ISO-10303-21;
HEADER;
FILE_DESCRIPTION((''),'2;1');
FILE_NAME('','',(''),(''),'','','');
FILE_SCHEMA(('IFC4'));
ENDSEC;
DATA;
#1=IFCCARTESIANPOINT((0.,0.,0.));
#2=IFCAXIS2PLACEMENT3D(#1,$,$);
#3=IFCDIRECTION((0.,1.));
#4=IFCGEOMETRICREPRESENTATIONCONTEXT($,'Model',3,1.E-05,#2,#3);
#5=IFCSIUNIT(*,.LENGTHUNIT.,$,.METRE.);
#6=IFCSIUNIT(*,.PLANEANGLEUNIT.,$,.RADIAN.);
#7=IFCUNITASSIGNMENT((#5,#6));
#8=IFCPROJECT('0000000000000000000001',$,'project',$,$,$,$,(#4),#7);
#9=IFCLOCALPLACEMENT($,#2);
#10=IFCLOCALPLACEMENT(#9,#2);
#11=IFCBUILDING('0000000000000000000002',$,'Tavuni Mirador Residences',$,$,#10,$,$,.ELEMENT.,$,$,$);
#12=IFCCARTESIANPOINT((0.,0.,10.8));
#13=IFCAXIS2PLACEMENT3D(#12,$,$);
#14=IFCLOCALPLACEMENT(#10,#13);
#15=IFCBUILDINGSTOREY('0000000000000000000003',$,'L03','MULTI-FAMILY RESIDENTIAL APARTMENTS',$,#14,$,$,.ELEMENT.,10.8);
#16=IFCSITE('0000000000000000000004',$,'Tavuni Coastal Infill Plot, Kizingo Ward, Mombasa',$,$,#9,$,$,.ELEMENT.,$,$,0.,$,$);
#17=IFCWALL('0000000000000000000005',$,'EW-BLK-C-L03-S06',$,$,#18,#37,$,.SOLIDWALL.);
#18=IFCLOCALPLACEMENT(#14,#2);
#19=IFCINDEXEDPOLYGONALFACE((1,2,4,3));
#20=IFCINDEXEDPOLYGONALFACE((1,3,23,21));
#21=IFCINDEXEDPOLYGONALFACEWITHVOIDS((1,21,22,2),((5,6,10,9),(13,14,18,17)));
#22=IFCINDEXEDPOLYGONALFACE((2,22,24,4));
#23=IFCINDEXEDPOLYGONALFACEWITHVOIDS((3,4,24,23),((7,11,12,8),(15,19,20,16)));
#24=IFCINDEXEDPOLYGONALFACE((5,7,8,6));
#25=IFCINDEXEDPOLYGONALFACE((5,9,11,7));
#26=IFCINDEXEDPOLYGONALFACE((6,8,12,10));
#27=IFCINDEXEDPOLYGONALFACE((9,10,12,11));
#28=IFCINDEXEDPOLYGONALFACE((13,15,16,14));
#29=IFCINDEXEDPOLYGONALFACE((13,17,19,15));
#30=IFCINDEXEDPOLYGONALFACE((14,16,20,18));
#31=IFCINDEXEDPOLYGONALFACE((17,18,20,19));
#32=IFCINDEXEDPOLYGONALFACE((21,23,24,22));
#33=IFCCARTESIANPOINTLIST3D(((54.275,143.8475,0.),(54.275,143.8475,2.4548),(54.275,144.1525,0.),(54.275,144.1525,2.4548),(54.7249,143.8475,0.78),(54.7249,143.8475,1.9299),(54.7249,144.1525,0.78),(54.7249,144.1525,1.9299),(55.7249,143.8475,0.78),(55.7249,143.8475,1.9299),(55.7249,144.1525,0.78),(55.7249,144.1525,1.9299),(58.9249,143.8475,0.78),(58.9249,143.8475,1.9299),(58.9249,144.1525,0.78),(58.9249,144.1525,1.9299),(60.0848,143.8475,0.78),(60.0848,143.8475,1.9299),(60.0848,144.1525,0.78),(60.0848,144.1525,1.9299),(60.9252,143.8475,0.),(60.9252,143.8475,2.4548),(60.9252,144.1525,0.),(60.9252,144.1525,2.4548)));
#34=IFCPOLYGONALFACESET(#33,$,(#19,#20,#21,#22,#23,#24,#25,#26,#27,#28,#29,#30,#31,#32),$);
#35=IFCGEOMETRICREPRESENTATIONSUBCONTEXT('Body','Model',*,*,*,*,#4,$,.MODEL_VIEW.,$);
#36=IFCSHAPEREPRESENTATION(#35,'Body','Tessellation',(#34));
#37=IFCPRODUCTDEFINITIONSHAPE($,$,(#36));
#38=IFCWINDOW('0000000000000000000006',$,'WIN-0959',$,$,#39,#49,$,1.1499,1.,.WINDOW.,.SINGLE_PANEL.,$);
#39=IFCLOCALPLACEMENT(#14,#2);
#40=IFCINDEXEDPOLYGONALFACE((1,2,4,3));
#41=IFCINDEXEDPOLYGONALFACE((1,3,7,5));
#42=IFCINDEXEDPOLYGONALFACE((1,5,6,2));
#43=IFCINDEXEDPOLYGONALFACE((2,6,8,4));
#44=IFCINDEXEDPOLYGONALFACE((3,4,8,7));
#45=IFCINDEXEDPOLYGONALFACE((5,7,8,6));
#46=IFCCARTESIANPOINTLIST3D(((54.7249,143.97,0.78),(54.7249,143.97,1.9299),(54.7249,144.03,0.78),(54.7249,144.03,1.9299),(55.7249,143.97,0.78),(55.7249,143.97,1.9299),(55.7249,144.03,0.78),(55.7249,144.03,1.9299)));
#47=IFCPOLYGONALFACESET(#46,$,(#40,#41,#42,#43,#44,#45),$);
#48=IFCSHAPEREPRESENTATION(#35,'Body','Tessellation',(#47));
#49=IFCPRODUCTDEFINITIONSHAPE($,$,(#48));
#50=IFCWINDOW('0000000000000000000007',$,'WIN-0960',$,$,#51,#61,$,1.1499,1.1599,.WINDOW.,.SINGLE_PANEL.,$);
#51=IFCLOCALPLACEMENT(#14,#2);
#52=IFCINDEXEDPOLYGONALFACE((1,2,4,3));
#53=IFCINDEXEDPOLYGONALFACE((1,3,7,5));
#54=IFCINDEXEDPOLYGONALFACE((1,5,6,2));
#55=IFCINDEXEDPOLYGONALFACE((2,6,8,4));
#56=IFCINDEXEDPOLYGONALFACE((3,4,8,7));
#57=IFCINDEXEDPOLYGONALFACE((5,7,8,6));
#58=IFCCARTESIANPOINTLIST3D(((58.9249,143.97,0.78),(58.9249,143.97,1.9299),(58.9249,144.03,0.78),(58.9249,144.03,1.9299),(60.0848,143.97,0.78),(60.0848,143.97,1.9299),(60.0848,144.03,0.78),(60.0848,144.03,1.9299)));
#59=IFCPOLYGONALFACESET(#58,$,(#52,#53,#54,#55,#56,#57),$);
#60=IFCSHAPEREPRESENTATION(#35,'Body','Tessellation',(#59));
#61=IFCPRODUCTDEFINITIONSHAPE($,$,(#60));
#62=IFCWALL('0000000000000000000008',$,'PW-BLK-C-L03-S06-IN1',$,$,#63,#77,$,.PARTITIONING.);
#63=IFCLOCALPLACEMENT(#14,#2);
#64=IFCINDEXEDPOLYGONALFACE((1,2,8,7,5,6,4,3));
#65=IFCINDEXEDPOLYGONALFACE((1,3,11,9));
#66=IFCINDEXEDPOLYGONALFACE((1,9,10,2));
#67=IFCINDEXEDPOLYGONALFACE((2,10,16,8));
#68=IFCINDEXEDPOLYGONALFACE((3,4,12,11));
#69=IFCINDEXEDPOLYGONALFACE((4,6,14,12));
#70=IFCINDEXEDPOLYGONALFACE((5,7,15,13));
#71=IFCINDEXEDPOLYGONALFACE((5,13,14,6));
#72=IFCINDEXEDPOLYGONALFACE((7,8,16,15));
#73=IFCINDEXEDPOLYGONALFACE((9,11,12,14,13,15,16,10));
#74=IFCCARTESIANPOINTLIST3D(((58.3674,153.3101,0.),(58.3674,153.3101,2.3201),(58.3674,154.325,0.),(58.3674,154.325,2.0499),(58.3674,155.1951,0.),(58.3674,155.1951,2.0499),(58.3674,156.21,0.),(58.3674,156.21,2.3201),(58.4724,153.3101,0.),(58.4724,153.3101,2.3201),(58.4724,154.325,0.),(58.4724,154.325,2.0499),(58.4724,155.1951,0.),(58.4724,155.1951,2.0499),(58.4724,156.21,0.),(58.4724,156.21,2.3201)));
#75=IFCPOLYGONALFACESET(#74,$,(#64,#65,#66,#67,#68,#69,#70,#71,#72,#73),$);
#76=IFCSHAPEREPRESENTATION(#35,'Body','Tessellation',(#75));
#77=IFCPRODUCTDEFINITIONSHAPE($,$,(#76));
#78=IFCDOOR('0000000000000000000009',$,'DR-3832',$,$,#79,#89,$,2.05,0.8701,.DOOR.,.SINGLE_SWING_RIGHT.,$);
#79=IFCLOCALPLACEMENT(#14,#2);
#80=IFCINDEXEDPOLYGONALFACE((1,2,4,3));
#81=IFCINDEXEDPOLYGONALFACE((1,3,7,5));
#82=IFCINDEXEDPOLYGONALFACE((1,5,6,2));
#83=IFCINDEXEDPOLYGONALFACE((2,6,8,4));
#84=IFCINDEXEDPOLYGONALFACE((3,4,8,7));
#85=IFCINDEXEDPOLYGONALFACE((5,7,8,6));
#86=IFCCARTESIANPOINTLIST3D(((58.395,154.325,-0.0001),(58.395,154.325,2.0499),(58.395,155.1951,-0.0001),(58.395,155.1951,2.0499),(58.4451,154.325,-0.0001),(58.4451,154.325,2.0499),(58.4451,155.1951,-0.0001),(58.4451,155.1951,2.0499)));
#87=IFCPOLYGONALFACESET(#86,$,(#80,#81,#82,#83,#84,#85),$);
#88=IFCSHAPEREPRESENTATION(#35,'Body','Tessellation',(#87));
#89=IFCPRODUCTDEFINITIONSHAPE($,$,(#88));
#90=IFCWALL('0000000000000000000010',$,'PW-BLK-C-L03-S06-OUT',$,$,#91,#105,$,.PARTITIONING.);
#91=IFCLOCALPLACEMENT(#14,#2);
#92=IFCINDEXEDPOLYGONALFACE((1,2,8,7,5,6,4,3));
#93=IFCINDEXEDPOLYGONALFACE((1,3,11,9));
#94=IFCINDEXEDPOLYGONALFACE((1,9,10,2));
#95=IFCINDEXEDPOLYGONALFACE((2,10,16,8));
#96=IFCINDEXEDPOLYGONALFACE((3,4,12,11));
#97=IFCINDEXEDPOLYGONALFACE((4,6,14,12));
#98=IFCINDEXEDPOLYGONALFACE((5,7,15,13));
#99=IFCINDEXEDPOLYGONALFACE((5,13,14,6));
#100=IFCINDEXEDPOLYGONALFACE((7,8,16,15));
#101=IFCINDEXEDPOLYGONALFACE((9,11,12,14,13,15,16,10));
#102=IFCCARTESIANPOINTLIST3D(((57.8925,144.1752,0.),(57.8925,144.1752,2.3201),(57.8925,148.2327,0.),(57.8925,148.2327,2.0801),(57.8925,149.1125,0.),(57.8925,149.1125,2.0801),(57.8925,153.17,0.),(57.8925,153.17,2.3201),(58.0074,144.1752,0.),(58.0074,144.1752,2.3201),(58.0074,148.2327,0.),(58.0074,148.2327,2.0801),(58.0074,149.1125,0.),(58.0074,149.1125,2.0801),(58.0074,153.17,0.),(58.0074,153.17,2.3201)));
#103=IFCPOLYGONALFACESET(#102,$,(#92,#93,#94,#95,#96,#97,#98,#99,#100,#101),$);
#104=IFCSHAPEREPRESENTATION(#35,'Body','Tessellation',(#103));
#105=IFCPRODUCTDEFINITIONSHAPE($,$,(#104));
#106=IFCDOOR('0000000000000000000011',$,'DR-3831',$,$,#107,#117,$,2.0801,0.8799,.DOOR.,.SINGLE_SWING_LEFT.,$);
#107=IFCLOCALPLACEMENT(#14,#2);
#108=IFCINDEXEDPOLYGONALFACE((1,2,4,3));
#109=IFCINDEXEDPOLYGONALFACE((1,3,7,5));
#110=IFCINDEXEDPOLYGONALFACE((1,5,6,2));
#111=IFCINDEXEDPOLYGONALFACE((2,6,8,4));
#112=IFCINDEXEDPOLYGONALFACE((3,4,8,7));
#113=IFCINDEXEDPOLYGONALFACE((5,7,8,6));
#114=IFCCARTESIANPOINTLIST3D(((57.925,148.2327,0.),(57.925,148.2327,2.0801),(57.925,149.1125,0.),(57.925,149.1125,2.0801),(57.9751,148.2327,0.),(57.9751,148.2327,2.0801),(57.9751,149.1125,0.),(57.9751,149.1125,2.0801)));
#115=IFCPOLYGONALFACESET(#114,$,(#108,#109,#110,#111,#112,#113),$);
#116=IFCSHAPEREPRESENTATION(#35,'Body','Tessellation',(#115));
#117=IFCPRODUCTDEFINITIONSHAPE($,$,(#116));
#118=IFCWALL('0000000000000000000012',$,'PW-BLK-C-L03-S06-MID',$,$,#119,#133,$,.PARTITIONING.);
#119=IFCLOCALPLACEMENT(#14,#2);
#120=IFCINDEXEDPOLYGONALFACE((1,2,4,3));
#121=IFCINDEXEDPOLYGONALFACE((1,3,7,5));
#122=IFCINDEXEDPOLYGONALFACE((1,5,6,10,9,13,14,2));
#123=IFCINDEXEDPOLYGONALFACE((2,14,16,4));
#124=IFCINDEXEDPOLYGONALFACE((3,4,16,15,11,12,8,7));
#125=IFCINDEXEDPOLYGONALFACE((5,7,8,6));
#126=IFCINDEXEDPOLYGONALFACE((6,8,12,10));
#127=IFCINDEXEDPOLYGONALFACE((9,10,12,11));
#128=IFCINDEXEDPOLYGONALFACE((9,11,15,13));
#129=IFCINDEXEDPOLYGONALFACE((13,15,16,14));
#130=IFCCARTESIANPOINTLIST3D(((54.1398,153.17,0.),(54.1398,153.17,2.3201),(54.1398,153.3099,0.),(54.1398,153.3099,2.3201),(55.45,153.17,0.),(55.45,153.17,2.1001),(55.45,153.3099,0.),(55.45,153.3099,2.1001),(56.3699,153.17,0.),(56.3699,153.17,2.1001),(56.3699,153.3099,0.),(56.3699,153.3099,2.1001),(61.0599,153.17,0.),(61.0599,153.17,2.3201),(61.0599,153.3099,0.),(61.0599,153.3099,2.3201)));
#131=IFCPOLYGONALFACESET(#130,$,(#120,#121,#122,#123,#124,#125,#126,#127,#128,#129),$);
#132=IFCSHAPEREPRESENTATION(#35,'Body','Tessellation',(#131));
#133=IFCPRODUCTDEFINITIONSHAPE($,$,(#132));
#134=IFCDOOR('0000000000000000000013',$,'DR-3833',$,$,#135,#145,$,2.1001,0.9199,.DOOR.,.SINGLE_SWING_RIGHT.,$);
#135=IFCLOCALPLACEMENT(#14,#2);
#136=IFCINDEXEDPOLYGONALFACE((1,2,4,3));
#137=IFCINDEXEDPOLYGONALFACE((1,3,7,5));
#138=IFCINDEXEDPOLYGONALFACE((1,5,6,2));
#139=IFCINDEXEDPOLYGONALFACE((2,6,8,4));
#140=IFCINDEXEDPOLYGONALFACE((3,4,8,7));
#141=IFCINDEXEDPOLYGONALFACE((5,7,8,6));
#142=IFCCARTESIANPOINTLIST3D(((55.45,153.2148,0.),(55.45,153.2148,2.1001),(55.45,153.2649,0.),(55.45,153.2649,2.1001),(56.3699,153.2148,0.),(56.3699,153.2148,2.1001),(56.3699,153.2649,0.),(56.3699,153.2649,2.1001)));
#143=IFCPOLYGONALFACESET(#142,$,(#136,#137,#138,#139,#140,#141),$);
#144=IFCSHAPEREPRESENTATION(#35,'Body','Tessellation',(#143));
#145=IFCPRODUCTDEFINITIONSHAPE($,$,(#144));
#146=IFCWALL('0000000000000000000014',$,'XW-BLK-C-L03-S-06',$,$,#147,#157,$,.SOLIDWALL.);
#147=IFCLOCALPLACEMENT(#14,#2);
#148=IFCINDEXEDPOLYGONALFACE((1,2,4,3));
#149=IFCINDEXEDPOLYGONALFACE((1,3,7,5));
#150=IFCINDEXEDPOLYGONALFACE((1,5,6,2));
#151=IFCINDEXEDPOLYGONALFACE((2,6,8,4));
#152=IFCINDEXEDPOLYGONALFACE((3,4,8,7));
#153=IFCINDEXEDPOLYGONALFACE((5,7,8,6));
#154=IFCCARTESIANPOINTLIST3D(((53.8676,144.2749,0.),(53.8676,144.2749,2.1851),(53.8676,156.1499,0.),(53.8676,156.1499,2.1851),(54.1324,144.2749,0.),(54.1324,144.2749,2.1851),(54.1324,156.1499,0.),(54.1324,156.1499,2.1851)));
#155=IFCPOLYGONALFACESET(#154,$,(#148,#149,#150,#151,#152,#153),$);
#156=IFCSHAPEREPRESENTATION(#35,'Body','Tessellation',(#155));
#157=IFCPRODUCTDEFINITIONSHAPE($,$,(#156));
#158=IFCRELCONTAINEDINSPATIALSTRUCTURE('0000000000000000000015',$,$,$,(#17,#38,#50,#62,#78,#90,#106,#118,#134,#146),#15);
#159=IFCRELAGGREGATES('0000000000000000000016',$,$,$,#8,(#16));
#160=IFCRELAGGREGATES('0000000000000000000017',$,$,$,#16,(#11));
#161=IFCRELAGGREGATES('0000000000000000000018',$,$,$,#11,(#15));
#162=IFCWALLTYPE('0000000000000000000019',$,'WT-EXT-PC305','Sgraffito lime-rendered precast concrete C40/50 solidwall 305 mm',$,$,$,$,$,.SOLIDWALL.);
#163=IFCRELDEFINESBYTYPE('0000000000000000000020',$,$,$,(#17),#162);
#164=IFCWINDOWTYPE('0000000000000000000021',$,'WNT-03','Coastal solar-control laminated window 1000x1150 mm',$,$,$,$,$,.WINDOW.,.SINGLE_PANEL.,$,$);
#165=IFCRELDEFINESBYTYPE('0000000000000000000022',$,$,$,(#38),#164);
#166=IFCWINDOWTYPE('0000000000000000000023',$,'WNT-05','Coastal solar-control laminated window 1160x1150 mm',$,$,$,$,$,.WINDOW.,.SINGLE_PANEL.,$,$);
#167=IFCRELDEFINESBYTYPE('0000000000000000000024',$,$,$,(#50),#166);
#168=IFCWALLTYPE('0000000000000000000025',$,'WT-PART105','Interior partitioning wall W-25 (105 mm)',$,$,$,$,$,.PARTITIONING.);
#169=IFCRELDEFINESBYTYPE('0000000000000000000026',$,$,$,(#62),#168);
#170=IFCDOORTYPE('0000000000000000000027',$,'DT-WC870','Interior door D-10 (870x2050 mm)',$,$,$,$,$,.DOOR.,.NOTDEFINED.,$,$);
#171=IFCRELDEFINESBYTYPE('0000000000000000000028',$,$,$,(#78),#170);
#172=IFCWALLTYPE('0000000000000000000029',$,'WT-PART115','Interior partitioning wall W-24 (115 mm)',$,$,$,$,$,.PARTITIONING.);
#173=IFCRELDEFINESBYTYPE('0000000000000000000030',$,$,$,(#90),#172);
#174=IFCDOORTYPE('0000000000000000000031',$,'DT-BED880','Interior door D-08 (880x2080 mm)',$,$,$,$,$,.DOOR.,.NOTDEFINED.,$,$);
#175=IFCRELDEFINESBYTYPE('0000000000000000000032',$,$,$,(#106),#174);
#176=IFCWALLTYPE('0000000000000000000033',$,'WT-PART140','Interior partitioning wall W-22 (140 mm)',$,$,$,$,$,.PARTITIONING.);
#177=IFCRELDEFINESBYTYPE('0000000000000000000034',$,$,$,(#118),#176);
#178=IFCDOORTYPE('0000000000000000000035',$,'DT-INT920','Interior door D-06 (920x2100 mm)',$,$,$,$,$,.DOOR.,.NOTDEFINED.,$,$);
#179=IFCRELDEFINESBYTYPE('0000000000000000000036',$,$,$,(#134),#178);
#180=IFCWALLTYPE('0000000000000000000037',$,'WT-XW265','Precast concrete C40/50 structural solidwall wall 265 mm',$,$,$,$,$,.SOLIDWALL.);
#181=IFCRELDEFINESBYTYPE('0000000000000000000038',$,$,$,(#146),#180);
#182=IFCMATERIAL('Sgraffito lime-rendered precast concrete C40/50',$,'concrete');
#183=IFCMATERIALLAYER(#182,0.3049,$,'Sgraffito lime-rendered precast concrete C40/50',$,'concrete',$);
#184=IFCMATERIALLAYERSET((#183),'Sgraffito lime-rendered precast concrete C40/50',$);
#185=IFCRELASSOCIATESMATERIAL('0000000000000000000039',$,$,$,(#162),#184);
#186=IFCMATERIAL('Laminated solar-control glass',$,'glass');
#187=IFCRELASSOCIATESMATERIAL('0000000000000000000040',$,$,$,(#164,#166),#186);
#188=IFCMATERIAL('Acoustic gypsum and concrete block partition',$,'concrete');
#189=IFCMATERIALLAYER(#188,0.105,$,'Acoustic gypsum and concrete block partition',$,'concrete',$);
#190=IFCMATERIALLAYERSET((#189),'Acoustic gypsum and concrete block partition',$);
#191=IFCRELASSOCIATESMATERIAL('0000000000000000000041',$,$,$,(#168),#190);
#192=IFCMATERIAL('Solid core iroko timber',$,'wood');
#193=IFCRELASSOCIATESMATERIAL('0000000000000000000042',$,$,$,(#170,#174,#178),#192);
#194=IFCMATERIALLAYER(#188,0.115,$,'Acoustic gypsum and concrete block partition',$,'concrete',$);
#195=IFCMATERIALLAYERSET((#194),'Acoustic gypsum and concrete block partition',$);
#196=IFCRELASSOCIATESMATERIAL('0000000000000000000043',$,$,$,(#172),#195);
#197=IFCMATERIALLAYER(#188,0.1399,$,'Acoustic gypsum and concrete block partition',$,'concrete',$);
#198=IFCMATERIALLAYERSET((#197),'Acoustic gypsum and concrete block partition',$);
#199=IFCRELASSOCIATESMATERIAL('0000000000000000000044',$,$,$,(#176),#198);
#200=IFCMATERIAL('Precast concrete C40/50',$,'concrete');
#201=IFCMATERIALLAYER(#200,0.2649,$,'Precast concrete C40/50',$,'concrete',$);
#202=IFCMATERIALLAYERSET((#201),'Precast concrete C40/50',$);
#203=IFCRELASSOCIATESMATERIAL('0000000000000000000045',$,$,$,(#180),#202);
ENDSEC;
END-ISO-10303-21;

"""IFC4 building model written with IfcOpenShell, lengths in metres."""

from ifc_helpers import new_model, si_unit, direction, frame, frame_2d, origin, place, context, subcontext, project, spatial, rectangle, extrude, material, layer, layer_set, type_object, element, fill, save


model = new_model("IFC4")

# Units and contexts
model_context = context("Model", 3, precision=1e-05, world=origin(), true_north=direction((0.0, 1.0)))
body_context = subcontext(model_context, "Body", "Model", "MODEL_VIEW")
ifc_project = project(units=[si_unit("LENGTHUNIT", "METRE"), si_unit("PLANEANGLEUNIT", "RADIAN")], contexts=[model_context])

# Site, building, storey
site_placement = place(None, origin())
site = spatial("IfcSite", under=ifc_project, at=site_placement, Name="Tavuni Coastal Infill Plot, Kizingo Ward, Mombasa", CompositionType="ELEMENT", RefElevation=0.0)
building_placement = place(site_placement, origin())
building = spatial("IfcBuilding", under=site, at=building_placement, Name="Tavuni Mirador Residences", CompositionType="ELEMENT")
storey_placement = place(building_placement, frame((0.0, 0.0, 10.8)))
storey = spatial("IfcBuildingStorey", under=building, at=storey_placement, Name="L03", Description="MULTI-FAMILY RESIDENTIAL APARTMENTS", CompositionType="ELEMENT", Elevation=10.8)

# Shared definitions
ifc_material_1 = material(Name="Precast concrete C40/50", Category="concrete")

# Shared definitions
ifc_material_2 = material(Name="Solid core iroko timber", Category="wood")

# Wall, openings, windows
ifc_material_3 = material(Name="Sgraffito lime-rendered precast concrete C40/50", Category="concrete")
ifc_layer_1 = layer(ifc_material_3, 0.3049, Name="Sgraffito lime-rendered precast concrete C40/50", Category="concrete")
ifc_layer_set_1 = layer_set([ifc_layer_1], Name="Sgraffito lime-rendered precast concrete C40/50")
wall_type_1 = type_object("IfcWallType", Name="WT-EXT-PC305", Description="Sgraffito lime-rendered precast concrete C40/50 solidwall 305 mm", PredefinedType="SOLIDWALL", material=ifc_layer_set_1)
wall_1_placement = place(storey_placement, frame((54.2749, 144.0, 0.0), z_axis=(0.0, 0.0, 1.0), x_axis=(1.0, 0.0, 0.0)))
wall_1 = element("IfcWall", 1, at=wall_1_placement, inside=storey, type_object=wall_type_1, Name="EW-BLK-C-L03-S06", PredefinedType="SOLIDWALL", context=body_context, shape_type="SweptSolid", body=[
    extrude(rectangle(XDim=6.6501, YDim=0.3049, at=frame_2d((3.3252, 0.0))), origin(), (0.0, 0.0, 1.0), 2.4548),
])
opening_1_placement = place(wall_1_placement, frame((0.45, 0.0, 0.78)))
opening_1 = element("IfcOpeningElement", 2, at=opening_1_placement, cuts=wall_1, PredefinedType="OPENING", context=body_context, shape_type="SweptSolid", body=[
    extrude(rectangle(XDim=1.0, YDim=1.1499, at=frame_2d((0.5, 0.575))), frame((0.0, 0.1626, 0.0), z_axis=(0.0, -1.0, 0.0), x_axis=(1.0, 0.0, 0.0)), (0.0, 0.0, 1.0), 0.325),
])
opening_2_placement = place(wall_1_placement, frame((4.6499, 0.0, 0.78)))
opening_2 = element("IfcOpeningElement", 3, at=opening_2_placement, cuts=wall_1, PredefinedType="OPENING", context=body_context, shape_type="SweptSolid", body=[
    extrude(rectangle(XDim=1.1599, YDim=1.1499, at=frame_2d((0.5801, 0.575))), frame((0.0, 0.1626, 0.0), z_axis=(0.0, -1.0, 0.0), x_axis=(1.0, 0.0, 0.0)), (0.0, 0.0, 1.0), 0.325),
])
ifc_material_4 = material(Name="Laminated solar-control glass", Category="glass")
window_type_1 = type_object("IfcWindowType", Name="WNT-03", Description="Coastal solar-control laminated window 1000x1150 mm", PartitioningType="SINGLE_PANEL", PredefinedType="WINDOW", material=ifc_material_4)
window_1_placement = place(opening_1_placement, origin())
window_1 = element("IfcWindow", 4, at=window_1_placement, inside=storey, type_object=window_type_1, Name="WIN-0959", OverallHeight=1.1499, OverallWidth=1.0, PartitioningType="SINGLE_PANEL", PredefinedType="WINDOW", context=body_context, shape_type="SweptSolid", body=[
    extrude(rectangle(XDim=1.0, YDim=1.1499, at=frame_2d((0.5, 0.575))), frame((0.0, 0.03, 0.0), z_axis=(0.0, -1.0, 0.0), x_axis=(1.0, 0.0, 0.0)), (0.0, 0.0, 1.0), 0.0601),
])
fill(opening_1, window_1)
window_type_2 = type_object("IfcWindowType", Name="WNT-05", Description="Coastal solar-control laminated window 1160x1150 mm", PartitioningType="SINGLE_PANEL", PredefinedType="WINDOW", material=ifc_material_4)
window_2_placement = place(opening_2_placement, origin())
window_2 = element("IfcWindow", 5, at=window_2_placement, inside=storey, type_object=window_type_2, Name="WIN-0960", OverallHeight=1.1499, OverallWidth=1.1599, PartitioningType="SINGLE_PANEL", PredefinedType="WINDOW", context=body_context, shape_type="SweptSolid", body=[
    extrude(rectangle(XDim=1.1599, YDim=1.1499, at=frame_2d((0.5801, 0.575))), frame((0.0, 0.03, 0.0), z_axis=(0.0, -1.0, 0.0), x_axis=(1.0, 0.0, 0.0)), (0.0, 0.0, 1.0), 0.0601),
])
fill(opening_2, window_2)

# Walls, openings, doors
ifc_material_5 = material(Name="Acoustic gypsum and concrete block partition", Category="concrete")
ifc_layer_2 = layer(ifc_material_5, 0.105, Name="Acoustic gypsum and concrete block partition", Category="concrete")
ifc_layer_set_2 = layer_set([ifc_layer_2], Name="Acoustic gypsum and concrete block partition")
wall_type_2 = type_object("IfcWallType", Name="WT-PART105", Description="Interior partitioning wall W-25 (105 mm)", PredefinedType="PARTITIONING", material=ifc_layer_set_2)
wall_2_placement = place(storey_placement, frame((58.4199, 153.3101, 0.0), z_axis=(0.0, 0.0, 1.0), x_axis=(0.0, 1.0, 0.0)))
wall_2 = element("IfcWall", 6, at=wall_2_placement, inside=storey, type_object=wall_type_2, Name="PW-BLK-C-L03-S06-IN1", PredefinedType="PARTITIONING", context=body_context, shape_type="SweptSolid", body=[
    extrude(rectangle(XDim=2.8999, YDim=0.105, at=frame_2d((1.45, 0.0))), origin(), (0.0, 0.0, 1.0), 2.3201),
])
opening_3_placement = place(wall_2_placement, frame((1.0149, 0.0, 0.0)))
opening_3 = element("IfcOpeningElement", 7, at=opening_3_placement, cuts=wall_2, PredefinedType="OPENING", context=body_context, shape_type="SweptSolid", body=[
    extrude(rectangle(XDim=0.8701, YDim=2.05, at=frame_2d((0.4351, 1.0249))), frame((0.0, 0.0625, 0.0), z_axis=(0.0, -1.0, 0.0), x_axis=(1.0, 0.0, 0.0)), (0.0, 0.0, 1.0), 0.125),
])
door_type_1 = type_object("IfcDoorType", Name="DT-WC870", Description="Interior door D-10 (870x2050 mm)", OperationType="NOTDEFINED", PredefinedType="DOOR", material=ifc_material_2)
door_1_placement = place(opening_3_placement, origin())
door_1 = element("IfcDoor", 8, at=door_1_placement, inside=storey, type_object=door_type_1, Name="DR-3832", OperationType="SINGLE_SWING_RIGHT", OverallHeight=2.05, OverallWidth=0.8701, PredefinedType="DOOR", context=body_context, shape_type="SweptSolid", body=[
    extrude(rectangle(XDim=0.8701, YDim=2.05, at=frame_2d((0.4351, 1.0249))), frame((0.0, 0.0249, 0.0), z_axis=(0.0, -1.0, 0.0), x_axis=(1.0, 0.0, 0.0)), (0.0, 0.0, 1.0), 0.05),
])
fill(opening_3, door_1)
ifc_layer_3 = layer(ifc_material_5, 0.115, Name="Acoustic gypsum and concrete block partition", Category="concrete")
ifc_layer_set_3 = layer_set([ifc_layer_3], Name="Acoustic gypsum and concrete block partition")
wall_type_3 = type_object("IfcWallType", Name="WT-PART115", Description="Interior partitioning wall W-24 (115 mm)", PredefinedType="PARTITIONING", material=ifc_layer_set_3)
wall_3_placement = place(storey_placement, frame((57.95, 144.175, 0.0), z_axis=(0.0, 0.0, 1.0), x_axis=(0.0, 1.0, 0.0)))
wall_3 = element("IfcWall", 9, at=wall_3_placement, inside=storey, type_object=wall_type_3, Name="PW-BLK-C-L03-S06-OUT", PredefinedType="PARTITIONING", context=body_context, shape_type="SweptSolid", body=[
    extrude(rectangle(XDim=8.9949, YDim=0.115, at=frame_2d((4.4976, 0.0))), origin(), (0.0, 0.0, 1.0), 2.3201),
])
opening_4_placement = place(wall_3_placement, frame((4.0576, 0.0, 0.0)))
opening_4 = element("IfcOpeningElement", 10, at=opening_4_placement, cuts=wall_3, PredefinedType="OPENING", context=body_context, shape_type="SweptSolid", body=[
    extrude(rectangle(XDim=0.8799, YDim=2.0801, at=frame_2d((0.4399, 1.04))), frame((0.0, 0.0674, 0.0), z_axis=(0.0, -1.0, 0.0), x_axis=(1.0, 0.0, 0.0)), (0.0, 0.0, 1.0), 0.135),
])
door_type_2 = type_object("IfcDoorType", Name="DT-BED880", Description="Interior door D-08 (880x2080 mm)", OperationType="NOTDEFINED", PredefinedType="DOOR", material=ifc_material_2)
door_2_placement = place(opening_4_placement, origin())
door_2 = element("IfcDoor", 11, at=door_2_placement, inside=storey, type_object=door_type_2, Name="DR-3831", OperationType="SINGLE_SWING_LEFT", OverallHeight=2.0801, OverallWidth=0.8799, PredefinedType="DOOR", context=body_context, shape_type="SweptSolid", body=[
    extrude(rectangle(XDim=0.8799, YDim=2.0801, at=frame_2d((0.4399, 1.04))), frame((0.0, 0.0249, 0.0), z_axis=(0.0, -1.0, 0.0), x_axis=(1.0, 0.0, 0.0)), (0.0, 0.0, 1.0), 0.05),
])
fill(opening_4, door_2)
ifc_layer_4 = layer(ifc_material_5, 0.1399, Name="Acoustic gypsum and concrete block partition", Category="concrete")
ifc_layer_set_4 = layer_set([ifc_layer_4], Name="Acoustic gypsum and concrete block partition")
wall_type_4 = type_object("IfcWallType", Name="WT-PART140", Description="Interior partitioning wall W-22 (140 mm)", PredefinedType="PARTITIONING", material=ifc_layer_set_4)
wall_4_placement = place(storey_placement, frame((54.1399, 153.24, 0.0), z_axis=(0.0, 0.0, 1.0), x_axis=(1.0, 0.0, 0.0)))
wall_4 = element("IfcWall", 12, at=wall_4_placement, inside=storey, type_object=wall_type_4, Name="PW-BLK-C-L03-S06-MID", PredefinedType="PARTITIONING", context=body_context, shape_type="SweptSolid", body=[
    extrude(rectangle(XDim=6.9202, YDim=0.1399, at=frame_2d((3.46, 0.0))), origin(), (0.0, 0.0, 1.0), 2.3201),
])
opening_5_placement = place(wall_4_placement, frame((1.3101, 0.0, 0.0)))
opening_5 = element("IfcOpeningElement", 13, at=opening_5_placement, cuts=wall_4, PredefinedType="OPENING", context=body_context, shape_type="SweptSolid", body=[
    extrude(rectangle(XDim=0.9199, YDim=2.1001, at=frame_2d((0.46, 1.05))), frame((0.0, 0.0801, 0.0), z_axis=(0.0, -1.0, 0.0), x_axis=(1.0, 0.0, 0.0)), (0.0, 0.0, 1.0), 0.1599),
])
door_type_3 = type_object("IfcDoorType", Name="DT-INT920", Description="Interior door D-06 (920x2100 mm)", OperationType="NOTDEFINED", PredefinedType="DOOR", material=ifc_material_2)
door_3_placement = place(opening_5_placement, origin())
door_3 = element("IfcDoor", 14, at=door_3_placement, inside=storey, type_object=door_type_3, Name="DR-3833", OperationType="SINGLE_SWING_RIGHT", OverallHeight=2.1001, OverallWidth=0.9199, PredefinedType="DOOR", context=body_context, shape_type="SweptSolid", body=[
    extrude(rectangle(XDim=0.9199, YDim=2.1001, at=frame_2d((0.46, 1.05))), frame((0.0, 0.0249, 0.0), z_axis=(0.0, -1.0, 0.0), x_axis=(1.0, 0.0, 0.0)), (0.0, 0.0, 1.0), 0.05),
])
fill(opening_5, door_3)

# Wall
ifc_layer_5 = layer(ifc_material_1, 0.2649, Name="Precast concrete C40/50", Category="concrete")
ifc_layer_set_5 = layer_set([ifc_layer_5], Name="Precast concrete C40/50")
wall_type_5 = type_object("IfcWallType", Name="WT-XW265", Description="Precast concrete C40/50 structural solidwall wall 265 mm", PredefinedType="SOLIDWALL", material=ifc_layer_set_5)
for number, where, z_axis, x_axis, name in (
    (15, (54.0, 144.2749, 0.0), (0.0, 0.0, 1.0), (0.0, 1.0, 0.0), "XW-BLK-C-L03-S-06"),
):
    element("IfcWall", number, at=place(storey_placement, frame(where, z_axis=z_axis, x_axis=x_axis)), inside=storey, type_object=wall_type_5, Name=name, PredefinedType="SOLIDWALL", context=body_context, shape_type="SweptSolid", body=[
        extrude(rectangle(XDim=11.875, YDim=0.2649, at=frame_2d((5.9375, 0.0))), origin(), (0.0, 0.0, 1.0), 2.1851),
    ])

save(model, "model.ifc")
